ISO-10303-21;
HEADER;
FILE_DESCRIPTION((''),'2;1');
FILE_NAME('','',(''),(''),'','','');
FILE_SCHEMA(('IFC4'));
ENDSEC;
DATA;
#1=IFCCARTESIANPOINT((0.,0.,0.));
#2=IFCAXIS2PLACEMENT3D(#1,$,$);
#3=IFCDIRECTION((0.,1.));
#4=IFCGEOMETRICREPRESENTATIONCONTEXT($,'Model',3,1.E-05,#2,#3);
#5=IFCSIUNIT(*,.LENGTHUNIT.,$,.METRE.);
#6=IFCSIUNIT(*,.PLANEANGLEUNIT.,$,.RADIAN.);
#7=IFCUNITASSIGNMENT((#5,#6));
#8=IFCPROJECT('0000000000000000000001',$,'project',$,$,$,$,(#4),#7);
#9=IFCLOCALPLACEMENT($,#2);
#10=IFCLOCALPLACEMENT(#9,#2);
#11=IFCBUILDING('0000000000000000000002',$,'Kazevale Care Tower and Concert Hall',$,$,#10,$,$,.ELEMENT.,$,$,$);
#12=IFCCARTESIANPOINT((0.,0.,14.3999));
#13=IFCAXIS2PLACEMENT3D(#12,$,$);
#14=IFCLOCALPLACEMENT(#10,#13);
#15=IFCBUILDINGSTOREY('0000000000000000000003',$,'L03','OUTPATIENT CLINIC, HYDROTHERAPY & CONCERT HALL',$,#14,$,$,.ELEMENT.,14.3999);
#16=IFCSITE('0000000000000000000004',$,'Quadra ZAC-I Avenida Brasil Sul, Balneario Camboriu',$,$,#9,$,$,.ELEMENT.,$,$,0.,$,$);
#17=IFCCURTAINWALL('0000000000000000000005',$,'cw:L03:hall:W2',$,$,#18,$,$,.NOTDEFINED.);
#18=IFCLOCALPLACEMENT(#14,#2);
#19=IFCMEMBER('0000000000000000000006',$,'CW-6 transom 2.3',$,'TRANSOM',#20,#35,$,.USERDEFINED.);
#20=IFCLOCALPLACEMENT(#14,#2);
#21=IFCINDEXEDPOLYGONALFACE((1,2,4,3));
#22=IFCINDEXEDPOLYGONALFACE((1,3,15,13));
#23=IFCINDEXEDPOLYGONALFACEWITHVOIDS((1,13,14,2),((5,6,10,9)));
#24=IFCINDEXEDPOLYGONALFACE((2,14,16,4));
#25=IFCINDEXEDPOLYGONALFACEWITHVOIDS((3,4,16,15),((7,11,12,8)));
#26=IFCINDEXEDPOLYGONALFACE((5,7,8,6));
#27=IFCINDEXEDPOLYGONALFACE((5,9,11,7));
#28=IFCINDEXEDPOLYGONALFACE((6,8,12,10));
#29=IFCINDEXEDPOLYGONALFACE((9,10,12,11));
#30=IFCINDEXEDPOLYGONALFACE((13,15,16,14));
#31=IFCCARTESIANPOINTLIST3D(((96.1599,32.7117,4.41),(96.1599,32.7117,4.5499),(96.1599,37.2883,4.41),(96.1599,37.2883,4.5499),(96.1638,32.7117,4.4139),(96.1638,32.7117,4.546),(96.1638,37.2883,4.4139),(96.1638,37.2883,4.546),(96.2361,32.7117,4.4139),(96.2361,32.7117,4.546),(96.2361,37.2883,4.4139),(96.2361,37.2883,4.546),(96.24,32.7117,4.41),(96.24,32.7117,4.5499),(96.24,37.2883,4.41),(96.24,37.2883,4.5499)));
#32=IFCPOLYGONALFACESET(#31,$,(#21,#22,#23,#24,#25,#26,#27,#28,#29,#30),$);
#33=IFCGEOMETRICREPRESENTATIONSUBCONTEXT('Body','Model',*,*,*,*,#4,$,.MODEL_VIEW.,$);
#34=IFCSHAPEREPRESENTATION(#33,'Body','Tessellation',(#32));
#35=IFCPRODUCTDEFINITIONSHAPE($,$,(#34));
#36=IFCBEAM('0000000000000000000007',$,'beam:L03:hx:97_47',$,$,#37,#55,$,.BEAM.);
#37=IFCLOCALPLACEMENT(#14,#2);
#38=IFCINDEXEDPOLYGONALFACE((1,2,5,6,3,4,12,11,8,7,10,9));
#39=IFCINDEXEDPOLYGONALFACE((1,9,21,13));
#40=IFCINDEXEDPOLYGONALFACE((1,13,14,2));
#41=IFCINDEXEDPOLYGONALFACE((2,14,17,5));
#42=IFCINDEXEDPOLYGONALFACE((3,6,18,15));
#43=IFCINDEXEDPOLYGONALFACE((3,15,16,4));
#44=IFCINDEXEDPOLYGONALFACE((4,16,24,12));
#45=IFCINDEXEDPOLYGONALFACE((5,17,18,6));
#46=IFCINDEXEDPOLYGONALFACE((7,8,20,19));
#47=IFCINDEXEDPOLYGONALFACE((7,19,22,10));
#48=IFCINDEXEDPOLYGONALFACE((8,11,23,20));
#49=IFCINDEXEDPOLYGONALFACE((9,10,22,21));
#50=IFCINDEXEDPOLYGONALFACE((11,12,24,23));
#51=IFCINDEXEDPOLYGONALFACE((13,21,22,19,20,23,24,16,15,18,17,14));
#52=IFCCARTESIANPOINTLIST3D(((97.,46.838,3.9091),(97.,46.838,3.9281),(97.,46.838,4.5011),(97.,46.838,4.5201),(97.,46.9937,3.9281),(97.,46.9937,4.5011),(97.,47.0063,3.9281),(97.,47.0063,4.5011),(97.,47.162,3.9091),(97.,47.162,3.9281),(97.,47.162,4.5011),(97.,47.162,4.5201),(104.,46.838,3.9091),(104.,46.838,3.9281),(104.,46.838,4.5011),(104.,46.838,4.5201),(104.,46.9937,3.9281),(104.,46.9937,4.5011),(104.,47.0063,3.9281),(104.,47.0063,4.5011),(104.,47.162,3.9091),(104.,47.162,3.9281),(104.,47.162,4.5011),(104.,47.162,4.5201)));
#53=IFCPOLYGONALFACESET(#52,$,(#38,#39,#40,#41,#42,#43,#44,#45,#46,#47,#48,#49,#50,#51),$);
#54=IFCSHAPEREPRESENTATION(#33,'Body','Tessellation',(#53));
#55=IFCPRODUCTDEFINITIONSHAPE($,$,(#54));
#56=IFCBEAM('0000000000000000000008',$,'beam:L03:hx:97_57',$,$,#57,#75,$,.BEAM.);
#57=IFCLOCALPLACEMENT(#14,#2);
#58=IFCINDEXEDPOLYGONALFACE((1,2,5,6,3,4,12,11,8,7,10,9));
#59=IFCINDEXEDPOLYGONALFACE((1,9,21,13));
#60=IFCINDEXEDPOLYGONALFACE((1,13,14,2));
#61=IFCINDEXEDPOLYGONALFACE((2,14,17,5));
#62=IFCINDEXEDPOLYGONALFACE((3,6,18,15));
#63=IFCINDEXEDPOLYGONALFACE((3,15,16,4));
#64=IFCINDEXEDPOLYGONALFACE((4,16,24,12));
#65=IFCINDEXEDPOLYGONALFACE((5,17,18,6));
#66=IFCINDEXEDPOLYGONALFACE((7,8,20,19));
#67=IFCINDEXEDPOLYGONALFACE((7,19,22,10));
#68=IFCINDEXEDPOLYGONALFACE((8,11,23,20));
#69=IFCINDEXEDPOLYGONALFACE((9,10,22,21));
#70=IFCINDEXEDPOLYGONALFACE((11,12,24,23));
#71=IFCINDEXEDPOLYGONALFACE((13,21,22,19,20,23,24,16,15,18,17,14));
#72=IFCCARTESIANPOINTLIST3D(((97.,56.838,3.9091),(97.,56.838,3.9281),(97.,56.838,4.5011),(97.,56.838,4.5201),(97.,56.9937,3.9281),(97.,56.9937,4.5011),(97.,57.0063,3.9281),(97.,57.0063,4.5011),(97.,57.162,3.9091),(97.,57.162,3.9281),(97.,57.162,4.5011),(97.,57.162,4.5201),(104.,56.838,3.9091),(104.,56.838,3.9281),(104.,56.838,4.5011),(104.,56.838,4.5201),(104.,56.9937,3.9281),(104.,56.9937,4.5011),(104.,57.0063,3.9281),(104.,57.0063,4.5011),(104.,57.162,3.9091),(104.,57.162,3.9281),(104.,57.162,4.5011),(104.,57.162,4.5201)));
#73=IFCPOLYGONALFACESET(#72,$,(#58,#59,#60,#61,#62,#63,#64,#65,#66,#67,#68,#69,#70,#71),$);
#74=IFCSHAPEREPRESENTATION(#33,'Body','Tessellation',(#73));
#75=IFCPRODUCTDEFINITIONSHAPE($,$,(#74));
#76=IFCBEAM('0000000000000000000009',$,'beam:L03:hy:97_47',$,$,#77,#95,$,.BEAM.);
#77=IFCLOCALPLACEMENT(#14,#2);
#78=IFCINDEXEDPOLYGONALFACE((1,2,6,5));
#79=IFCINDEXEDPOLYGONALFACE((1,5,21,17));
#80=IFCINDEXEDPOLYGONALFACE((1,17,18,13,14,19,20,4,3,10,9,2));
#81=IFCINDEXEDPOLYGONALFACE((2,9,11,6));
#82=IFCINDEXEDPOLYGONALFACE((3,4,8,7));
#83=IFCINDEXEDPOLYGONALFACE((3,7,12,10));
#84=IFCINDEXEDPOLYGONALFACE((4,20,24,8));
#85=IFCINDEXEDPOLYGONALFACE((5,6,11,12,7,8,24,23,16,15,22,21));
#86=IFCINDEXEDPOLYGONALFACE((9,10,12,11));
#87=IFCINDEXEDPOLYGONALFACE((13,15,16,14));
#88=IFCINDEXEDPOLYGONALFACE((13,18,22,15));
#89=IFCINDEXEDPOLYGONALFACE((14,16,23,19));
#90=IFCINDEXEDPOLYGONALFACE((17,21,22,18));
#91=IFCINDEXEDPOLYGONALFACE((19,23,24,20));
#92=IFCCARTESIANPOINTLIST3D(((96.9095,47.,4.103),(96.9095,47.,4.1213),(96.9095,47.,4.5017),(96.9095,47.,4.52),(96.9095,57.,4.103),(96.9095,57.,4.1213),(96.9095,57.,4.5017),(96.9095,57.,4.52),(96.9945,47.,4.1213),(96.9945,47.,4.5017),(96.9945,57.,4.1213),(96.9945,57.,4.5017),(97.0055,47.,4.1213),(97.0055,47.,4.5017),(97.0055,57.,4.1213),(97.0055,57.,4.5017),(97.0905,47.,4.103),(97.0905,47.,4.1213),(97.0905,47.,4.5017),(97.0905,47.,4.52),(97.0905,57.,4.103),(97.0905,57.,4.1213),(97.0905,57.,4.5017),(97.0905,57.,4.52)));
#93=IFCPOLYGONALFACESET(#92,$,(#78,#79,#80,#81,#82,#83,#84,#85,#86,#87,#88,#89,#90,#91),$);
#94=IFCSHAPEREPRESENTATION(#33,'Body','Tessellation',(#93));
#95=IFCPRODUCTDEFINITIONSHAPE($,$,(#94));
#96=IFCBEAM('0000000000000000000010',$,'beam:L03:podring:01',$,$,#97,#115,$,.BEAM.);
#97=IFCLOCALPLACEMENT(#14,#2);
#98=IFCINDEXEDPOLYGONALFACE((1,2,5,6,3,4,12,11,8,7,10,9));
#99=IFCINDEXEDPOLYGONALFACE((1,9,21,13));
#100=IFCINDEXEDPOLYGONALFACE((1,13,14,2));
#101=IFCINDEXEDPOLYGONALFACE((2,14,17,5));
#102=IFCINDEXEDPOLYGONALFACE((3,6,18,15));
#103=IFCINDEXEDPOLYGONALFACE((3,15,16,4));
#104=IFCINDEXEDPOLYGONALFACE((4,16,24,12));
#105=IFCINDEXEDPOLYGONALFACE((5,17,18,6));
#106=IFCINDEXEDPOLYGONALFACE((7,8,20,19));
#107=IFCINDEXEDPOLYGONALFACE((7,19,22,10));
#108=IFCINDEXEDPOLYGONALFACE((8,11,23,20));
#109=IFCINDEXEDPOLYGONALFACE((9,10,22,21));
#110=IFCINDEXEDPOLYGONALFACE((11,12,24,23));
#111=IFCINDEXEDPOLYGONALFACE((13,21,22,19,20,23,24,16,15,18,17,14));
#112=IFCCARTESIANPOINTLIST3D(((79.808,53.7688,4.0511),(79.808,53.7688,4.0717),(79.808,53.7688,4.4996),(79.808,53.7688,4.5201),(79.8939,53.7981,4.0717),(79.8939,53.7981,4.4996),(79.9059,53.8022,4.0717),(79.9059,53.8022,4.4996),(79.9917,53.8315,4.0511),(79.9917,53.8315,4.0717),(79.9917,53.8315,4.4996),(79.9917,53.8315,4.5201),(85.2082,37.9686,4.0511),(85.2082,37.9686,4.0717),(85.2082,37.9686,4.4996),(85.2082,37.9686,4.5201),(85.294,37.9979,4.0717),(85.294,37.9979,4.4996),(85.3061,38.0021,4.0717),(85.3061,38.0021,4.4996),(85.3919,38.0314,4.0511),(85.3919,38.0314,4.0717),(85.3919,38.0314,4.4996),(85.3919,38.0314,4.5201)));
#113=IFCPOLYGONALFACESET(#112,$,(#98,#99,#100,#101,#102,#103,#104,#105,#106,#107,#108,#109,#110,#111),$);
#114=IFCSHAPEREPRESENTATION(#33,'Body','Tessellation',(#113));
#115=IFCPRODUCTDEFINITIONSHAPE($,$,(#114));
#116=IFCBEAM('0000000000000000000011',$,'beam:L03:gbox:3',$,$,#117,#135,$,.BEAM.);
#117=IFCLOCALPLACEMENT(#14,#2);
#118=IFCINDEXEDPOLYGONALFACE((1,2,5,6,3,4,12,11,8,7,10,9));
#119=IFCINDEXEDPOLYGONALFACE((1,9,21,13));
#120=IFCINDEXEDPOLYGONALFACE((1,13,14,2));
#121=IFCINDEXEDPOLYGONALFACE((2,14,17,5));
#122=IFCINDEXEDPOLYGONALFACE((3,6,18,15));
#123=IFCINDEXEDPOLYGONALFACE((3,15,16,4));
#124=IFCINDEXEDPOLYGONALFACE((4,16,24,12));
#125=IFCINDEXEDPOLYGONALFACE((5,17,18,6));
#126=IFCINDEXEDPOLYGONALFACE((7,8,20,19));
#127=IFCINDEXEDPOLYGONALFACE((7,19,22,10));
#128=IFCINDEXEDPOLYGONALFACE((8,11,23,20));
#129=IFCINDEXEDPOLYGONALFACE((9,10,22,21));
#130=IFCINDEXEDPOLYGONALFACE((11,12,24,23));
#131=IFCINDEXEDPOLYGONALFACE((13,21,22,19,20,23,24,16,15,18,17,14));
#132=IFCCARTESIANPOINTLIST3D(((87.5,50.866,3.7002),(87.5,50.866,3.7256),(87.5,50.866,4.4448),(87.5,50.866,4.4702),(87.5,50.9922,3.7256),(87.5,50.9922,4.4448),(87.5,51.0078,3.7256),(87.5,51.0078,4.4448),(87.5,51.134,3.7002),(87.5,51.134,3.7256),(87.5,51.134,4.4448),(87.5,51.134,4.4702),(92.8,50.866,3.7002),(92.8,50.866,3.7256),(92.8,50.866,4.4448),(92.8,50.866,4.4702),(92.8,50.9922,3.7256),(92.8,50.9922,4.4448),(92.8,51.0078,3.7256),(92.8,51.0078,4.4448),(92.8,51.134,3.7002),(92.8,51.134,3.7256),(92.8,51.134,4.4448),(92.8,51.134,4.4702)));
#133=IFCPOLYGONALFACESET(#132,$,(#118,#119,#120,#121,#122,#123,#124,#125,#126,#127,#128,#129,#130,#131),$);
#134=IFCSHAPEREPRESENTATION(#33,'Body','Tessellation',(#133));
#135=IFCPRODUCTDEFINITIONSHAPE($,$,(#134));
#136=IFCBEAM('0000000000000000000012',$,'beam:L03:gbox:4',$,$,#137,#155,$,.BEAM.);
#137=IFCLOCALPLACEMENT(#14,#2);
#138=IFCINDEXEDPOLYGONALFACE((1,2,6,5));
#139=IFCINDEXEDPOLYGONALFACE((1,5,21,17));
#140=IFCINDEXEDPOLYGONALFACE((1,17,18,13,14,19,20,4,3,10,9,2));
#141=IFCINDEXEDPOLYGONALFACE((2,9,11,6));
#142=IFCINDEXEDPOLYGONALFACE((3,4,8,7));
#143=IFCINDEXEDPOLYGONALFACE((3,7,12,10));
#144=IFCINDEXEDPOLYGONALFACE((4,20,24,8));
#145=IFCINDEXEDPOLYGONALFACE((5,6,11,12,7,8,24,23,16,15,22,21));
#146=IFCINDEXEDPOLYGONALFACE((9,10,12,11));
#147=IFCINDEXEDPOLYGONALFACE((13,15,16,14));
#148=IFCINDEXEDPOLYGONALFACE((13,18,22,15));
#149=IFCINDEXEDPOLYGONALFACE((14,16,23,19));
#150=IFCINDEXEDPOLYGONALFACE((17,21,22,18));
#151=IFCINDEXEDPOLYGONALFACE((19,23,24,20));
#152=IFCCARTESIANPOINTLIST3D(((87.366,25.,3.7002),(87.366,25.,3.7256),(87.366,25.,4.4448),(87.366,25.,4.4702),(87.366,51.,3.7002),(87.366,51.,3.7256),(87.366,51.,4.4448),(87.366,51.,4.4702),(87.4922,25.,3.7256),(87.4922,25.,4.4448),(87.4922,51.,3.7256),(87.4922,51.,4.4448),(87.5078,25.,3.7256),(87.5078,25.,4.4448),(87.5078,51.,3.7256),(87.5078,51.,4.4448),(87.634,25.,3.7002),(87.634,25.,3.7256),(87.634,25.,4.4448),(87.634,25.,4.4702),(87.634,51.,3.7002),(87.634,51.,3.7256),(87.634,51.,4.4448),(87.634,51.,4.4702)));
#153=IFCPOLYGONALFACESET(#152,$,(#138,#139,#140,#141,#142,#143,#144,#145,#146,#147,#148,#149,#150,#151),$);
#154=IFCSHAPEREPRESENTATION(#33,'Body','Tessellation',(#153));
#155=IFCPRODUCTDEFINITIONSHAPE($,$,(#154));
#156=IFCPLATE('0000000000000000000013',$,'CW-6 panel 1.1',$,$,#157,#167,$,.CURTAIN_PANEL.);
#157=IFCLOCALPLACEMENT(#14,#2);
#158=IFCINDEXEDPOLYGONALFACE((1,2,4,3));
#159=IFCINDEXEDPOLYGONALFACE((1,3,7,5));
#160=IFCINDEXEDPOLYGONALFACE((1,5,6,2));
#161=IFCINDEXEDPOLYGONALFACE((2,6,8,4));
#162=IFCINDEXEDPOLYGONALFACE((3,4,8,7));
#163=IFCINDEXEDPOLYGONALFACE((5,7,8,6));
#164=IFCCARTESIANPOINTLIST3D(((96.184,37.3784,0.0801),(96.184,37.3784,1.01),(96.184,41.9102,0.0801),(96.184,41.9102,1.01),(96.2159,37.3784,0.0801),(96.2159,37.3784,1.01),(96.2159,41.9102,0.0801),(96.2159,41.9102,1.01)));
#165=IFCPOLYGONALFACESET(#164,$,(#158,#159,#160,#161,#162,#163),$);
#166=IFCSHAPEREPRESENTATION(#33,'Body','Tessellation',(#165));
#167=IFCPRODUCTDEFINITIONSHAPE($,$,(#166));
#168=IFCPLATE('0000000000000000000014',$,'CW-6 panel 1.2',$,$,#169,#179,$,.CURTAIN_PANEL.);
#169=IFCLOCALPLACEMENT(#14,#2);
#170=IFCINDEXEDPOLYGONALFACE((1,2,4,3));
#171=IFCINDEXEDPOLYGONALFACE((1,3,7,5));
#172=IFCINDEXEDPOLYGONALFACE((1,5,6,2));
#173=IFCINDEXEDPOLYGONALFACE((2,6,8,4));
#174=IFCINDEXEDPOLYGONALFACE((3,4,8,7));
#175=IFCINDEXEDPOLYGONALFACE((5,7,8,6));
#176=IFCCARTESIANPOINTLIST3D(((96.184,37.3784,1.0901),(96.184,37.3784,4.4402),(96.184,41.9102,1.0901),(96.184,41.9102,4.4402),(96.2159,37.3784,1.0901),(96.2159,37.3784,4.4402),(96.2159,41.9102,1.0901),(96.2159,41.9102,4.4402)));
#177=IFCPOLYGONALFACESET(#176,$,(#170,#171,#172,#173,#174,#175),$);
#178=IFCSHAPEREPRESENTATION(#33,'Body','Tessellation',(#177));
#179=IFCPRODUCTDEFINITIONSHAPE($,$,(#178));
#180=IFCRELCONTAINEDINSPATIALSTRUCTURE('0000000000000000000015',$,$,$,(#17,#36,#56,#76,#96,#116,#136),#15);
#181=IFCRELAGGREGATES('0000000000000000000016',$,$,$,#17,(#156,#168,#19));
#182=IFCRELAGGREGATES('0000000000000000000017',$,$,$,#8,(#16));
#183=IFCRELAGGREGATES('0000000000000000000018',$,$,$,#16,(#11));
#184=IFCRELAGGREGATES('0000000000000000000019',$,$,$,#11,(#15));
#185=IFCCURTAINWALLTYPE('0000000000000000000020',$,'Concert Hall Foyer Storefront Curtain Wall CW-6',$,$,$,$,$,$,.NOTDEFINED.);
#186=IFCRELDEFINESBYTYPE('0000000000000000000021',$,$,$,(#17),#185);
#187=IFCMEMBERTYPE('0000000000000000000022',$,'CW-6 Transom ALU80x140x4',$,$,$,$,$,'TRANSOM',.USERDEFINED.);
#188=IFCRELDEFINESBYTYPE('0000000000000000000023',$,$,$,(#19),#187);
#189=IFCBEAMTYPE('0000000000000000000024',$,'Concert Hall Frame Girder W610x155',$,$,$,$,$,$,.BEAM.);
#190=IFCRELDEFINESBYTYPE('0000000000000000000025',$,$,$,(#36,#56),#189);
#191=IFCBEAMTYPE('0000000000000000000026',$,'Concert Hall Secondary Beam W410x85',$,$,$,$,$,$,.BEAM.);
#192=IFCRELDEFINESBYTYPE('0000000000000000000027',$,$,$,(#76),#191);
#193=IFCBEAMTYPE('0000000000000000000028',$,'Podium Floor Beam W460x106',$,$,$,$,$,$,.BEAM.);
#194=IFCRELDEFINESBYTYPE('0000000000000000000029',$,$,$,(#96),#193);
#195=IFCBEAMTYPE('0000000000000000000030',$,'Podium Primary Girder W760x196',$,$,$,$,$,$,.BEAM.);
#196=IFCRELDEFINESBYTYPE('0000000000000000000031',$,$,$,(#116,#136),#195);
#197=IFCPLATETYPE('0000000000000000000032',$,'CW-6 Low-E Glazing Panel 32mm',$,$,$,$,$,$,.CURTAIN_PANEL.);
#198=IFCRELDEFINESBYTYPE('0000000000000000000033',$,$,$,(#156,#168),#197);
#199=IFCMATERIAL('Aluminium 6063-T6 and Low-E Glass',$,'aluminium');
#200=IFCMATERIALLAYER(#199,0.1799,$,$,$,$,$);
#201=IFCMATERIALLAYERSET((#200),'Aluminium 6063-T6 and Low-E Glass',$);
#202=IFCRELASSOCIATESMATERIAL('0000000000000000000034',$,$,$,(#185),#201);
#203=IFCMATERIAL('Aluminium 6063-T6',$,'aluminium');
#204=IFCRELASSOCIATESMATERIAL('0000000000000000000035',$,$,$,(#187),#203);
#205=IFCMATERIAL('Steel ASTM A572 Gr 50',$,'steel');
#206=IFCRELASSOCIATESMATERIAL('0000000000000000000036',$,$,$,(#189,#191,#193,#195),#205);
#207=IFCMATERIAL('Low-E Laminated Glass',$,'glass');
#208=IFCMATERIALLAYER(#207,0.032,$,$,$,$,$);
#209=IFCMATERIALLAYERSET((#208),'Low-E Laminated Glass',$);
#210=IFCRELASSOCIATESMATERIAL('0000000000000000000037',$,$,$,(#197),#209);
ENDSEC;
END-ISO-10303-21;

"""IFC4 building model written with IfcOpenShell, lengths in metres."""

from ifc_helpers import new_model, si_unit, direction, frame, origin, origin_2d, place, context, subcontext, project, spatial, rectangle, hollow_rectangle, i_section, extrude, material, layer, layer_set, material_profile, profile_set, type_object, element, aggregate, save


model = new_model("IFC4")

# Units and contexts
model_context = context("Model", 3, precision=1e-05, world=origin(), true_north=direction((0.0, 1.0)))
body_context = subcontext(model_context, "Body", "Model", "MODEL_VIEW")
ifc_project = project(units=[si_unit("LENGTHUNIT", "METRE"), si_unit("PLANEANGLEUNIT", "RADIAN")], contexts=[model_context])

# Site, building, storey
site_placement = place(None, origin())
site = spatial("IfcSite", under=ifc_project, at=site_placement, Name="Quadra ZAC-I Avenida Brasil Sul, Balneario Camboriu", CompositionType="ELEMENT", RefElevation=0.0)
building_placement = place(site_placement, origin())
building = spatial("IfcBuilding", under=site, at=building_placement, Name="Kazevale Care Tower and Concert Hall", CompositionType="ELEMENT")
storey_placement = place(building_placement, frame((0.0, 0.0, 14.3999)))
storey = spatial("IfcBuildingStorey", under=building, at=storey_placement, Name="L03", Description="OUTPATIENT CLINIC, HYDROTHERAPY & CONCERT HALL", CompositionType="ELEMENT", Elevation=14.3999)

# Curtain wall, member
ifc_material_1 = material(Name="Aluminium 6063-T6 and Low-E Glass", Category="aluminium")
ifc_material_2 = material(Name="Aluminium 6063-T6", Category="aluminium")
ifc_layer_1 = layer(ifc_material_1, 0.1799)
ifc_layer_set_1 = layer_set([ifc_layer_1], Name="Aluminium 6063-T6 and Low-E Glass")
curtain_wall_type_1 = type_object("IfcCurtainWallType", Name="Concert Hall Foyer Storefront Curtain Wall CW-6", PredefinedType="NOTDEFINED", material=ifc_layer_set_1)
curtain_wall_1_placement = place(storey_placement, origin())
curtain_wall_1 = element("IfcCurtainWall", 1, at=curtain_wall_1_placement, inside=storey, type_object=curtain_wall_type_1, Name="cw:L03:hall:W2", PredefinedType="NOTDEFINED")
ifc_material_profile_1 = material_profile(ifc_material_2, hollow_rectangle(XDim=0.0801, YDim=0.1399, WallThickness=0.0039, at=origin_2d()), Name="ALU80x140x4")
ifc_profile_set_1 = profile_set([ifc_material_profile_1], Name="Aluminium 6063-T6")
member_type_1 = type_object("IfcMemberType", Name="CW-6 Transom ALU80x140x4", ElementType="TRANSOM", PredefinedType="USERDEFINED", material=ifc_profile_set_1)
member_1_placement = place(storey_placement, frame((96.2, 37.2883, 4.48), z_axis=(0.0, -1.0, 0.0), x_axis=(1.0, 0.0, 0.0)))
member_1 = element("IfcMember", 2, at=member_1_placement, type_object=member_type_1, Name="CW-6 transom 2.3", ObjectType="TRANSOM", PredefinedType="USERDEFINED", context=body_context, shape_type="SweptSolid", body=[
    extrude(hollow_rectangle(XDim=0.0801, YDim=0.1399, WallThickness=0.0039, at=origin_2d()), origin(), (0.0, 0.0, 1.0), 4.5767),
])

# Beams
ifc_material_3 = material(Name="Steel ASTM A572 Gr 50", Category="steel")
ifc_material_profile_2 = material_profile(ifc_material_3, i_section(OverallWidth=0.324, OverallDepth=0.6111, WebThickness=0.0127, FlangeThickness=0.019, at=origin_2d()), Name="W610x155")
ifc_profile_set_2 = profile_set([ifc_material_profile_2], Name="Steel ASTM A572 Gr 50")
beam_type_1 = type_object("IfcBeamType", Name="Concert Hall Frame Girder W610x155", PredefinedType="BEAM", material=ifc_profile_set_2)
for number, where, z_axis, x_axis, name in (
    (3, (97.0, 47.0, 4.2146), (1.0, 0.0, 0.0), (0.0, 1.0, 0.0), "beam:L03:hx:97_47"),
    (4, (97.0, 57.0, 4.2146), (1.0, 0.0, 0.0), (0.0, 1.0, 0.0), "beam:L03:hx:97_57"),
):
    element("IfcBeam", number, at=place(storey_placement, frame(where, z_axis=z_axis, x_axis=x_axis)), inside=storey, type_object=beam_type_1, Name=name, PredefinedType="BEAM", context=body_context, shape_type="SweptSolid", body=[
        extrude(i_section(OverallWidth=0.324, OverallDepth=0.6111, WebThickness=0.0127, FlangeThickness=0.019, at=origin_2d()), origin(), (0.0, 0.0, 1.0), 7.0),
    ])
ifc_material_profile_3 = material_profile(ifc_material_3, i_section(OverallWidth=0.1809, OverallDepth=0.417, WebThickness=0.011, FlangeThickness=0.0183, at=origin_2d()), Name="W410x85")
ifc_profile_set_3 = profile_set([ifc_material_profile_3], Name="Steel ASTM A572 Gr 50")
beam_type_2 = type_object("IfcBeamType", Name="Concert Hall Secondary Beam W410x85", PredefinedType="BEAM", material=ifc_profile_set_3)
beam_1_placement = place(storey_placement, frame((97.0, 47.0, 4.3115), z_axis=(0.0, 1.0, 0.0), x_axis=(-1.0, 0.0, 0.0)))
element("IfcBeam", 5, at=beam_1_placement, inside=storey, type_object=beam_type_2, Name="beam:L03:hy:97_47", PredefinedType="BEAM", context=body_context, shape_type="SweptSolid", body=[
    extrude(i_section(OverallWidth=0.1809, OverallDepth=0.417, WebThickness=0.011, FlangeThickness=0.0183, at=origin_2d()), origin(), (0.0, 0.0, 1.0), 10.0),
])
ifc_material_profile_4 = material_profile(ifc_material_3, i_section(OverallWidth=0.1941, OverallDepth=0.469, WebThickness=0.0127, FlangeThickness=0.0205, at=origin_2d()), Name="W460x106")
ifc_profile_set_4 = profile_set([ifc_material_profile_4], Name="Steel ASTM A572 Gr 50")
beam_type_3 = type_object("IfcBeamType", Name="Podium Floor Beam W460x106", PredefinedType="BEAM", material=ifc_profile_set_4)
beam_2_placement = place(storey_placement, frame((85.3, 38.0, 4.2856), z_axis=(-0.323412, 0.946258, 0.0), x_axis=(-0.946258, -0.323412, 0.0)))
element("IfcBeam", 6, at=beam_2_placement, inside=storey, type_object=beam_type_3, Name="beam:L03:podring:01", PredefinedType="BEAM", context=body_context, shape_type="SweptSolid", body=[
    extrude(i_section(OverallWidth=0.1941, OverallDepth=0.469, WebThickness=0.0127, FlangeThickness=0.0205, at=origin_2d()), origin(), (0.0, 0.0, 1.0), 16.6975),
])
ifc_material_profile_5 = material_profile(ifc_material_3, i_section(OverallWidth=0.2681, OverallDepth=0.77, WebThickness=0.0156, FlangeThickness=0.0254, at=origin_2d()), Name="W760x196")
ifc_profile_set_5 = profile_set([ifc_material_profile_5], Name="Steel ASTM A572 Gr 50")
beam_type_4 = type_object("IfcBeamType", Name="Podium Primary Girder W760x196", PredefinedType="BEAM", material=ifc_profile_set_5)
beam_3_placement = place(storey_placement, frame((92.8, 51.0, 4.0852), z_axis=(-1.0, 0.0, 0.0), x_axis=(0.0, -1.0, 0.0)))
element("IfcBeam", 7, at=beam_3_placement, inside=storey, type_object=beam_type_4, Name="beam:L03:gbox:3", PredefinedType="BEAM", context=body_context, shape_type="SweptSolid", body=[
    extrude(i_section(OverallWidth=0.2681, OverallDepth=0.77, WebThickness=0.0156, FlangeThickness=0.0254, at=origin_2d()), origin(), (0.0, 0.0, 1.0), 5.3),
])
beam_4_placement = place(storey_placement, frame((87.5, 51.0, 4.0852), z_axis=(0.0, -1.0, 0.0), x_axis=(1.0, 0.0, 0.0)))
element("IfcBeam", 8, at=beam_4_placement, inside=storey, type_object=beam_type_4, Name="beam:L03:gbox:4", PredefinedType="BEAM", context=body_context, shape_type="SweptSolid", body=[
    extrude(i_section(OverallWidth=0.2681, OverallDepth=0.77, WebThickness=0.0156, FlangeThickness=0.0254, at=origin_2d()), origin(), (0.0, 0.0, 1.0), 26.0),
])

# Plates
ifc_material_4 = material(Name="Low-E Laminated Glass", Category="glass")
ifc_layer_2 = layer(ifc_material_4, 0.032)
ifc_layer_set_2 = layer_set([ifc_layer_2], Name="Low-E Laminated Glass")
plate_type = type_object("IfcPlateType", Name="CW-6 Low-E Glazing Panel 32mm", PredefinedType="CURTAIN_PANEL", material=ifc_layer_set_2)
plate_1_placement = place(storey_placement, frame((96.2, 39.6443, 0.0801), z_axis=(0.0, 0.0, 1.0), x_axis=(0.0, -1.0, 0.0)))
plate_1 = element("IfcPlate", 9, at=plate_1_placement, type_object=plate_type, Name="CW-6 panel 1.1", PredefinedType="CURTAIN_PANEL", context=body_context, shape_type="SweptSolid", body=[
    extrude(rectangle(XDim=4.5317, YDim=0.032, at=origin_2d()), origin(), (0.0, 0.0, 1.0), 0.9299),
])
plate_2_placement = place(storey_placement, frame((96.2, 39.6443, 1.0901), z_axis=(0.0, 0.0, 1.0), x_axis=(0.0, -1.0, 0.0)))
plate_2 = element("IfcPlate", 10, at=plate_2_placement, type_object=plate_type, Name="CW-6 panel 1.2", PredefinedType="CURTAIN_PANEL", context=body_context, shape_type="SweptSolid", body=[
    extrude(rectangle(XDim=4.5317, YDim=0.032, at=origin_2d()), origin(), (0.0, 0.0, 1.0), 3.3501),
])
aggregate(curtain_wall_1, [plate_1, plate_2, member_1])

save(model, "model.ifc")
